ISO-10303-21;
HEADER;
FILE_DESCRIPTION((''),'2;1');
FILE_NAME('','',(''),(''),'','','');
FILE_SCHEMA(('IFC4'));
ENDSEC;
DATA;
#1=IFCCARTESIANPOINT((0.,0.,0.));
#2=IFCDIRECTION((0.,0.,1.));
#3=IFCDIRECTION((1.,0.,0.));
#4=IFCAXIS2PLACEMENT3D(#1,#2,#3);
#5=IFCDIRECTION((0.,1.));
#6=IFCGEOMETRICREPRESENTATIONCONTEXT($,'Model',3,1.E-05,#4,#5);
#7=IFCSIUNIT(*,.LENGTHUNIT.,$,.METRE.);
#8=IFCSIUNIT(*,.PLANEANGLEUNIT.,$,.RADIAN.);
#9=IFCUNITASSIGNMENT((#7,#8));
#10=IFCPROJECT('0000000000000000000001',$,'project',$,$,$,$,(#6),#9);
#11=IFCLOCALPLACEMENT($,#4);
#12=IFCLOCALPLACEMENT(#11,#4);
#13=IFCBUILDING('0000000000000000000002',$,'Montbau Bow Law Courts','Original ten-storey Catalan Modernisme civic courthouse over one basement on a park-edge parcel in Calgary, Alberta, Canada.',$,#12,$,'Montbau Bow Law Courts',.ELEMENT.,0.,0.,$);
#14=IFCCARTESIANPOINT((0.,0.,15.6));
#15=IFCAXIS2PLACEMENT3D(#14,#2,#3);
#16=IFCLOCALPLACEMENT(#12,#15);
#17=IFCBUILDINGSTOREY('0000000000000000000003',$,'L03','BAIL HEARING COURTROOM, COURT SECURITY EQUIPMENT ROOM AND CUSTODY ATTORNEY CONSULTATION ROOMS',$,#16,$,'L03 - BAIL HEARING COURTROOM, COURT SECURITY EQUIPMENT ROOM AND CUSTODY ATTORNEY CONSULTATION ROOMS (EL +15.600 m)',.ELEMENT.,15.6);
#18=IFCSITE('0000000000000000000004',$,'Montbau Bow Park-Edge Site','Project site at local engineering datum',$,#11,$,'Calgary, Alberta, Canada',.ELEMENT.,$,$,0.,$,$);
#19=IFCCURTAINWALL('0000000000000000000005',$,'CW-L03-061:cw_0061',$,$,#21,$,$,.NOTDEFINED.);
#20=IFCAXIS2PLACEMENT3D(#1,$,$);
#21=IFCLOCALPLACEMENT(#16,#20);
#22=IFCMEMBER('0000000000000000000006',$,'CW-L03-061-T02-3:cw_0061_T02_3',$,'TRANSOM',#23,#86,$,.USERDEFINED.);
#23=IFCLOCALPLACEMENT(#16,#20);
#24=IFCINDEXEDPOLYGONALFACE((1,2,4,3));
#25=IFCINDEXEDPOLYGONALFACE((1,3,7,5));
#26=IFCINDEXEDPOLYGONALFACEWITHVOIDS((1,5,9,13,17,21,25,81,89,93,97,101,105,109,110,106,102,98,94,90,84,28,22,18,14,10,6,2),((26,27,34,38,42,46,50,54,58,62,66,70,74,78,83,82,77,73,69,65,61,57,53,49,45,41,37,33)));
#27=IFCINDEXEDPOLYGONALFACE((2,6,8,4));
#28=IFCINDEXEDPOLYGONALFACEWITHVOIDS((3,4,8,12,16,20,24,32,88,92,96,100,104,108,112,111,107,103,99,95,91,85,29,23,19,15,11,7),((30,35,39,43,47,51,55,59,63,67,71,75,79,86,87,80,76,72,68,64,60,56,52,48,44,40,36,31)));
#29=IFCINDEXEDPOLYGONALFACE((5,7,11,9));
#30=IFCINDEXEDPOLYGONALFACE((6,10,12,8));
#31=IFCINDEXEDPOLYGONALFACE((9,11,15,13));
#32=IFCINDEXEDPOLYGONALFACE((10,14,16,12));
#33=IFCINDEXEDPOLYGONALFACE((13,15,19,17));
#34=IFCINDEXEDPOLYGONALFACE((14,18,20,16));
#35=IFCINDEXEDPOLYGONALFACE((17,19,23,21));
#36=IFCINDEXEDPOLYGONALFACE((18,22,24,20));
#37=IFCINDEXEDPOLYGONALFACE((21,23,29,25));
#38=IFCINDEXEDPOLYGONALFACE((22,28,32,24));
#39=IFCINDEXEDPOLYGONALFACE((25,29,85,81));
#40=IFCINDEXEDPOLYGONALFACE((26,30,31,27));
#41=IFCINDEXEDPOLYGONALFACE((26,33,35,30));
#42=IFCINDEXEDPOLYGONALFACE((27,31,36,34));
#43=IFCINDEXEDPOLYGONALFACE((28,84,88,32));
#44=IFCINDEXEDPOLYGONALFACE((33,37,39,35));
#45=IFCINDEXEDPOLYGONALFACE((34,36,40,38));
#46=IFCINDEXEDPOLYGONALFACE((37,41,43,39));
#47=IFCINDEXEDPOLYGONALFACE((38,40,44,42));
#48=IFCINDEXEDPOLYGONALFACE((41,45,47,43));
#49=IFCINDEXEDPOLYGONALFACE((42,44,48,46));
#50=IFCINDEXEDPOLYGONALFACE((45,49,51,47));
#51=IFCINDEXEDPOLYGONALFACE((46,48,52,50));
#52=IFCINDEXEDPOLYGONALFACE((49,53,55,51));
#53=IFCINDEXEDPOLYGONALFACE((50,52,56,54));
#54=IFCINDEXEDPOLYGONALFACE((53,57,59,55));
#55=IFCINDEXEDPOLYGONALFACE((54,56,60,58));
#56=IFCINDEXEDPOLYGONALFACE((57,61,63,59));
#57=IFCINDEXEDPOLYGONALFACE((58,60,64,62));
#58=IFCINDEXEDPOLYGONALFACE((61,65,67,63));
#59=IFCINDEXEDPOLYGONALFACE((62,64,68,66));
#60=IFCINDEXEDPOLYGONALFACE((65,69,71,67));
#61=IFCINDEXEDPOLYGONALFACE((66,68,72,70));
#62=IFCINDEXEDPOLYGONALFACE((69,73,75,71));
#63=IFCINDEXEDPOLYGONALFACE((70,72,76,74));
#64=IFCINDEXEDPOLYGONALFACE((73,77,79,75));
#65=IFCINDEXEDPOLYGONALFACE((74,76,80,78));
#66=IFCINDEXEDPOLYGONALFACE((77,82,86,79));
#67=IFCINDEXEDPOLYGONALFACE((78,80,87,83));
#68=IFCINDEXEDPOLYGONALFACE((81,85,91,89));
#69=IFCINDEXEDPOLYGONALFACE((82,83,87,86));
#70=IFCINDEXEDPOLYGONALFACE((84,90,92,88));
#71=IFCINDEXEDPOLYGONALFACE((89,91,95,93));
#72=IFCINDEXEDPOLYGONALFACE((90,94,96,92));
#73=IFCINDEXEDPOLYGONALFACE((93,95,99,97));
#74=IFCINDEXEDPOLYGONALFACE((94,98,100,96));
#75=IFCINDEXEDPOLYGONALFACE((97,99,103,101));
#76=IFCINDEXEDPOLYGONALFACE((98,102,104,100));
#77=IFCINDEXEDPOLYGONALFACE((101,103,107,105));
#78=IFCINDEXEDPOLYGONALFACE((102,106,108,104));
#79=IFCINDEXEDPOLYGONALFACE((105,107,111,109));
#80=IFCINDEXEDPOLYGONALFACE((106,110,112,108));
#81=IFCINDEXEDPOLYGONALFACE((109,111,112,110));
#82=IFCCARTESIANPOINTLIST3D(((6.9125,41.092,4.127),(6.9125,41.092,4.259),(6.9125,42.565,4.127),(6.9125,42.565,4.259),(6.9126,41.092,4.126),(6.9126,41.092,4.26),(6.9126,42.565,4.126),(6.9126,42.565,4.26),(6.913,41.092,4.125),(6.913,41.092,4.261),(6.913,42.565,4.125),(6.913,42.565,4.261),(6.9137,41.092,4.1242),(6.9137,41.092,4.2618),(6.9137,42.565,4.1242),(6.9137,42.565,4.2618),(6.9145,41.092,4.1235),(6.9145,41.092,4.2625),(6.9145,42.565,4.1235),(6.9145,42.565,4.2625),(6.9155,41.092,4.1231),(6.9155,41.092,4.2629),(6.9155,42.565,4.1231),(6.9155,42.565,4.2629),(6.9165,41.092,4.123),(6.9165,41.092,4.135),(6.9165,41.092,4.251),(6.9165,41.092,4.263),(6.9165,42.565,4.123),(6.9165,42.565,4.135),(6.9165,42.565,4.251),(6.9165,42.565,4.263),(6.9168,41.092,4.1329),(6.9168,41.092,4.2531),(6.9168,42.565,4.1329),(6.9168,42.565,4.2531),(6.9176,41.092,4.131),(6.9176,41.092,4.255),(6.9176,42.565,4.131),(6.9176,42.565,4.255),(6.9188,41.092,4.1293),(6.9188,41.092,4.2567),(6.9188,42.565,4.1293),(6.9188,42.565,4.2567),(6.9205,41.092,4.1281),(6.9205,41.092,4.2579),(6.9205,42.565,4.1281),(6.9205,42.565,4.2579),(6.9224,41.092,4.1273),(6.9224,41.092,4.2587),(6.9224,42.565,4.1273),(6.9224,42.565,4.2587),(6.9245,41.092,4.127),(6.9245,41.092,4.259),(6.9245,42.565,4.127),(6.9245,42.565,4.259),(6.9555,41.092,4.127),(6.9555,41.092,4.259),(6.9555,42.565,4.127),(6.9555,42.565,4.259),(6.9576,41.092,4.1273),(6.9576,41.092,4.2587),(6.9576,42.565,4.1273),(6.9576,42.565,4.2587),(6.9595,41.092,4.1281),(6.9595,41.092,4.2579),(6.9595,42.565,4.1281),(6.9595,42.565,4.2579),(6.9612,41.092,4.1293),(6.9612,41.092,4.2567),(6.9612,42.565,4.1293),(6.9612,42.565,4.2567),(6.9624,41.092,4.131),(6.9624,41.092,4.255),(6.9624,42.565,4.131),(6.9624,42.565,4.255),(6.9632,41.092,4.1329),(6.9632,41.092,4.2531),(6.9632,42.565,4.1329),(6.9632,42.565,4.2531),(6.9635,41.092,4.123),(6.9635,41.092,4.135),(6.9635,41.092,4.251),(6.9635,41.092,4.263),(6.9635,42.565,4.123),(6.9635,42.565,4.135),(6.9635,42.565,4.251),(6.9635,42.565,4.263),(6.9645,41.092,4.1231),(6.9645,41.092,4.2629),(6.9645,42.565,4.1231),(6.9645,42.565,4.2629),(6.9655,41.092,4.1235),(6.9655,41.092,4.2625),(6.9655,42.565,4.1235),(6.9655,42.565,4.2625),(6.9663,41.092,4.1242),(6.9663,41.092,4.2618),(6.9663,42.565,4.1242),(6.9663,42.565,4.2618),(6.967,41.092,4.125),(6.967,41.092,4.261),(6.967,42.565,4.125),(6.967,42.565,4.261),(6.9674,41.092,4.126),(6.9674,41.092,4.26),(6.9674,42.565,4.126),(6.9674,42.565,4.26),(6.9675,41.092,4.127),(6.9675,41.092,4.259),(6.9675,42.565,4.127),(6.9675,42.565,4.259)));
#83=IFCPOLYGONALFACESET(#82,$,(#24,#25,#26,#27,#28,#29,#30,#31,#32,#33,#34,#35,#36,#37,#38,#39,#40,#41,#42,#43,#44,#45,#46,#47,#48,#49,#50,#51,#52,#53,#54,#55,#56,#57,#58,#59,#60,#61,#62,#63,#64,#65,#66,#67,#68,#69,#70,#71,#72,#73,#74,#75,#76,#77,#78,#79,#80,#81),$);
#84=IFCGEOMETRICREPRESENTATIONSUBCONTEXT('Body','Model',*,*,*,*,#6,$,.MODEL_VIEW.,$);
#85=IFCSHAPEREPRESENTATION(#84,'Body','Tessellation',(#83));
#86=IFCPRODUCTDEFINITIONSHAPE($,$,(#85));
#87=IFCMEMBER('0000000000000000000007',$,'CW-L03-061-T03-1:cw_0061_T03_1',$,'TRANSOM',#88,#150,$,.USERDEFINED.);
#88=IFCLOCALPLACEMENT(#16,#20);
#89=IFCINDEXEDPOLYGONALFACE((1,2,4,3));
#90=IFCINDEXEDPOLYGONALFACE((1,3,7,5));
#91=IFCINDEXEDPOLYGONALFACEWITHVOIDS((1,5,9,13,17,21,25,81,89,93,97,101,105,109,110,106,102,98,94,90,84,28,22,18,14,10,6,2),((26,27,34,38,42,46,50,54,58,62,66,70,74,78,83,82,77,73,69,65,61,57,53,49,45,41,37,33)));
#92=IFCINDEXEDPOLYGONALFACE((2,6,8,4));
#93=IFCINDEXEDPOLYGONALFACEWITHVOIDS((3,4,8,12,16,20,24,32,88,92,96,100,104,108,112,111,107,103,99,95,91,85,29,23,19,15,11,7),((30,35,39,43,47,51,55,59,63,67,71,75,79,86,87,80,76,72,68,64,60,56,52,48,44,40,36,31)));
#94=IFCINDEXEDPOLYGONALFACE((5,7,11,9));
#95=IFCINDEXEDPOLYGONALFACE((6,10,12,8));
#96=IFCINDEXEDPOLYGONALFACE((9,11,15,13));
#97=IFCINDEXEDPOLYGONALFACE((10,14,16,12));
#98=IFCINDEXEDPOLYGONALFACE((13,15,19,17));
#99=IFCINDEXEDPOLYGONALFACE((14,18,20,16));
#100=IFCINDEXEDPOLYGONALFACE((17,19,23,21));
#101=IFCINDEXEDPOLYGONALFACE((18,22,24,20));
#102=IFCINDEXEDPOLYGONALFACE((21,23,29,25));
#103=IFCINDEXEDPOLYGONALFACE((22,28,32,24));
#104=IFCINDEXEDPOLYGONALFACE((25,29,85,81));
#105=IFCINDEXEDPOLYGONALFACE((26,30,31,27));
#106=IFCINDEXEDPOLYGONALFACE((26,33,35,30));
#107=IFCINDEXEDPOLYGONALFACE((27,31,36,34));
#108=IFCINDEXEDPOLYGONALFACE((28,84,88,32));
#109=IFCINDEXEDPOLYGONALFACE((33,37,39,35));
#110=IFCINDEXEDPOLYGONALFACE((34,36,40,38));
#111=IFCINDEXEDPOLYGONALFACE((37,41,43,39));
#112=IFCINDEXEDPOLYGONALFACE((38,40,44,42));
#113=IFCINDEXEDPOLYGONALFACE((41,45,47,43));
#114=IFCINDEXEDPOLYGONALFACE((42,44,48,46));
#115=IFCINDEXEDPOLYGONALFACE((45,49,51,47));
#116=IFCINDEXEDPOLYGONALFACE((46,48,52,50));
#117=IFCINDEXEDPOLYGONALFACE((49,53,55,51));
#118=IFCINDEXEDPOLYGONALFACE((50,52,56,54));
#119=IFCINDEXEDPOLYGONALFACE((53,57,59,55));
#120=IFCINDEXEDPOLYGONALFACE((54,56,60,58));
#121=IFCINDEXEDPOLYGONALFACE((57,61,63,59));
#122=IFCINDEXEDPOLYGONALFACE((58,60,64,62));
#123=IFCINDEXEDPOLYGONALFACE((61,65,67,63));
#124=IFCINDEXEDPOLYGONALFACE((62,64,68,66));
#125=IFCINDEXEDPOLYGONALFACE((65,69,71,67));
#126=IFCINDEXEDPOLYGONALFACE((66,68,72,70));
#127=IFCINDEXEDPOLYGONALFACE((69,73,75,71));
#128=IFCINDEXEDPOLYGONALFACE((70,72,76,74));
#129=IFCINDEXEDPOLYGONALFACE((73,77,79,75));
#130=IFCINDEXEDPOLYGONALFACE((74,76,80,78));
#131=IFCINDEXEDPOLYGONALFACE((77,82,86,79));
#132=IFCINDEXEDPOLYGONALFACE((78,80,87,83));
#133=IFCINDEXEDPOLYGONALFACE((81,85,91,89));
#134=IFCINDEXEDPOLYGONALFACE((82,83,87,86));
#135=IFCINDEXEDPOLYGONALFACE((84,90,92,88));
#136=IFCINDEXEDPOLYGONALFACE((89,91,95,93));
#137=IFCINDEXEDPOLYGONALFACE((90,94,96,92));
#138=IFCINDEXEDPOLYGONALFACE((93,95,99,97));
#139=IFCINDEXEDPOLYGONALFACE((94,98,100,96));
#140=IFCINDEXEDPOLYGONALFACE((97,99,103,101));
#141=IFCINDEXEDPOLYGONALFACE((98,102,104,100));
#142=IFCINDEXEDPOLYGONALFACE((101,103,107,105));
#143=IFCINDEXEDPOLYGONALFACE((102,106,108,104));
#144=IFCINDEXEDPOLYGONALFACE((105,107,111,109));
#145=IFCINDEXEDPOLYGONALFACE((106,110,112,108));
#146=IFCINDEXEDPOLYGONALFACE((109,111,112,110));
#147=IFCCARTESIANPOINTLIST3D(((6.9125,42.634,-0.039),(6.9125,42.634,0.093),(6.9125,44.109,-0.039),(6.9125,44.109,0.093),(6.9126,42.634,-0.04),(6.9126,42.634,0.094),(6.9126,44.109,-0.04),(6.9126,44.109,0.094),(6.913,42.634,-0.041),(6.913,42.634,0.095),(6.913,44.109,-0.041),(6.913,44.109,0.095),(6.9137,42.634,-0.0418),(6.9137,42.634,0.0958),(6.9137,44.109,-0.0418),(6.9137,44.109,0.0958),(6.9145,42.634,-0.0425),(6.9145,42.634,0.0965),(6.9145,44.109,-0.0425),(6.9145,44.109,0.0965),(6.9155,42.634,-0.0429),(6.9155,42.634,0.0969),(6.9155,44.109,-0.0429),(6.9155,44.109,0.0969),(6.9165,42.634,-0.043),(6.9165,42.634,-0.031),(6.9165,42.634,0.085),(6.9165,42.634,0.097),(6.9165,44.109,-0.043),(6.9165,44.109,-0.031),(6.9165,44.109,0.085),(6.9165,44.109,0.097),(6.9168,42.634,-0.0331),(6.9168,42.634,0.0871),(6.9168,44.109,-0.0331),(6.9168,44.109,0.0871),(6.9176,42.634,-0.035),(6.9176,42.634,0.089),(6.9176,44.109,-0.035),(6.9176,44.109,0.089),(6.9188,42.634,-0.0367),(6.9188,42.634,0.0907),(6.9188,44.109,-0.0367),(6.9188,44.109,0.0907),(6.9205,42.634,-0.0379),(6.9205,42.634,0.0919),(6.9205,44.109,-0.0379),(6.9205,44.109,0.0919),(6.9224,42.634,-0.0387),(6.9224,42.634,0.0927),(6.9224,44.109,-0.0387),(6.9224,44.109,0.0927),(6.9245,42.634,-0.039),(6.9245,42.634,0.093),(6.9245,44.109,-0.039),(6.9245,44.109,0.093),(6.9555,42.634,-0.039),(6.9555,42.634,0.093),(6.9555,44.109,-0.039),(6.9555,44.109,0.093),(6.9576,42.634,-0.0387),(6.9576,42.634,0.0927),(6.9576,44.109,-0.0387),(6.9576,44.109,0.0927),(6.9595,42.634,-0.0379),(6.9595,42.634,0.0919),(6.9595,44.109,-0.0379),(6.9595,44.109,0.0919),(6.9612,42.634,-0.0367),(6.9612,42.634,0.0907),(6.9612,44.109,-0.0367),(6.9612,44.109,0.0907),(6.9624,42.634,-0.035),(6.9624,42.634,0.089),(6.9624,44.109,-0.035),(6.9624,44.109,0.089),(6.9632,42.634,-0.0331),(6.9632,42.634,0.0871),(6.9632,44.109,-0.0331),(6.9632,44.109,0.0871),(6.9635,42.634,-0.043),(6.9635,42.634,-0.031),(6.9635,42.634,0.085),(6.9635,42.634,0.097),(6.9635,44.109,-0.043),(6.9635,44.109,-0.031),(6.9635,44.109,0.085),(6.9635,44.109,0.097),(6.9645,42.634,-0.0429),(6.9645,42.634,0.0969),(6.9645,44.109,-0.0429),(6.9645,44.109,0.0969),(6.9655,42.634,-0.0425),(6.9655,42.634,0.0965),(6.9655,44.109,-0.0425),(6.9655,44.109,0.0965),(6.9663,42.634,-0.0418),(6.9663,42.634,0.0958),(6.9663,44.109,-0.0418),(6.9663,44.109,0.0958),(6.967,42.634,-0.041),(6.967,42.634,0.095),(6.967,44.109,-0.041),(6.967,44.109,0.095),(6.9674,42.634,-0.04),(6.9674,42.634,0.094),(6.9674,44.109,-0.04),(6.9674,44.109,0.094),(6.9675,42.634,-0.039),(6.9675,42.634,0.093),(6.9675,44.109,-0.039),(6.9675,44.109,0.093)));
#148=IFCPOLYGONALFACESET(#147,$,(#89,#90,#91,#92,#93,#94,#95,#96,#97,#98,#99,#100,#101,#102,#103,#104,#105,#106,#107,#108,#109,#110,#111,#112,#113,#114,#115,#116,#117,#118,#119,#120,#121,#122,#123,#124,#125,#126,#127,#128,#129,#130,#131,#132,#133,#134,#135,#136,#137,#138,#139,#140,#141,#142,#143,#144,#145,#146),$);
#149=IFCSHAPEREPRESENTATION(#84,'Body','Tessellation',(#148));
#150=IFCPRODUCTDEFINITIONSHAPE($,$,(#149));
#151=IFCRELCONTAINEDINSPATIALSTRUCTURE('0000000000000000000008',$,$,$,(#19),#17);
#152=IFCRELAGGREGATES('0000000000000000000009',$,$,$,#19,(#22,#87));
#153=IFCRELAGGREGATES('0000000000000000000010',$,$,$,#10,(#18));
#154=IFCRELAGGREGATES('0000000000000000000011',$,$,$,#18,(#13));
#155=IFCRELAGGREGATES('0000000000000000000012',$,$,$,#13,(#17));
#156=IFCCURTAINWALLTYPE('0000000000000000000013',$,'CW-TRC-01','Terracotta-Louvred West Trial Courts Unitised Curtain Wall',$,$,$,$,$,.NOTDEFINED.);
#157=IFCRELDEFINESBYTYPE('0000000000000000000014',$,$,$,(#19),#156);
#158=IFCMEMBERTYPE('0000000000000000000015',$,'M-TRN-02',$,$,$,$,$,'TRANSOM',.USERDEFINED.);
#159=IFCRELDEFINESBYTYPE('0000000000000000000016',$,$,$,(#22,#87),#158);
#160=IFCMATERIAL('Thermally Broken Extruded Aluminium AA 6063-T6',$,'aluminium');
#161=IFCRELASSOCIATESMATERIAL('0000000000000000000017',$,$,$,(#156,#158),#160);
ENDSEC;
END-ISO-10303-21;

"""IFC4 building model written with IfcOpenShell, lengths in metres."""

from ifc_helpers import new_model, si_unit, direction, frame, origin_with_axes, origin_2d_with_axis, place, context, subcontext, project, spatial, hollow_rectangle, extrude, material, material_profile, profile_set, type_object, element, aggregate, save


model = new_model("IFC4")

# Units and contexts
model_context = context("Model", 3, precision=1e-05, world=origin_with_axes(), true_north=direction((0.0, 1.0)))
body_context = subcontext(model_context, "Body", "Model", "MODEL_VIEW")
ifc_project = project(units=[si_unit("LENGTHUNIT", "METRE"), si_unit("PLANEANGLEUNIT", "RADIAN")], contexts=[model_context])

# Site, building, storey
site_placement = place(None, origin_with_axes())
site = spatial("IfcSite", under=ifc_project, at=site_placement, Name="Montbau Bow Park-Edge Site", Description="Project site at local engineering datum", LongName="Calgary, Alberta, Canada", CompositionType="ELEMENT", RefElevation=0.0)
building_placement = place(site_placement, origin_with_axes())
building = spatial("IfcBuilding", under=site, at=building_placement, Name="Montbau Bow Law Courts", Description="Original ten-storey Catalan Modernisme civic courthouse over one basement on a park-edge parcel in Calgary, Alberta, Canada.", LongName="Montbau Bow Law Courts", CompositionType="ELEMENT", ElevationOfRefHeight=0.0, ElevationOfTerrain=0.0)
storey_placement = place(building_placement, frame((0.0, 0.0, 15.6), z_axis=(0.0, 0.0, 1.0), x_axis=(1.0, 0.0, 0.0)))
storey = spatial("IfcBuildingStorey", under=building, at=storey_placement, Name="L03", Description="BAIL HEARING COURTROOM, COURT SECURITY EQUIPMENT ROOM AND CUSTODY ATTORNEY CONSULTATION ROOMS", LongName="L03 - BAIL HEARING COURTROOM, COURT SECURITY EQUIPMENT ROOM AND CUSTODY ATTORNEY CONSULTATION ROOMS (EL +15.600 m)", CompositionType="ELEMENT", Elevation=15.6)

# Curtain wall, members
ifc_material_1 = material(Name="Thermally Broken Extruded Aluminium AA 6063-T6", Category="aluminium")
curtain_wall_type = type_object("IfcCurtainWallType", Name="CW-TRC-01", Description="Terracotta-Louvred West Trial Courts Unitised Curtain Wall", PredefinedType="NOTDEFINED", material=ifc_material_1)
curtain_wall_placement = place(None, frame((6.94, 39.515, 15.6), z_axis=(0.0, 0.0, 1.0), x_axis=(1.0, 0.0, 0.0)))
curtain_wall = element("IfcCurtainWall", 1, at=curtain_wall_placement, inside=storey, type_object=curtain_wall_type, Name="CW-L03-061:cw_0061", PredefinedType="NOTDEFINED")
ifc_material_profile_1 = material_profile(ifc_material_1, hollow_rectangle(XDim=0.055, YDim=0.14, WallThickness=0.004, InnerFilletRadius=0.008, OuterFilletRadius=0.004, at=origin_2d_with_axis()), Name="CWT-140X55", Category="Main", Priority=0)
ifc_profile_set_1 = profile_set([ifc_material_profile_1], Name="Thermally Broken Extruded Aluminium AA 6063-T6")
member_type_1 = type_object("IfcMemberType", Name="M-TRN-02", ElementType="TRANSOM", PredefinedType="USERDEFINED", material=ifc_profile_set_1)
member_1_placement = place(None, frame((6.94, 41.092, 19.793), z_axis=(0.0, 1.0, 0.0), x_axis=(-1.0, 0.0, 0.0)))
member_1 = element("IfcMember", 2, at=member_1_placement, type_object=member_type_1, Name="CW-L03-061-T02-3:cw_0061_T02_3", ObjectType="TRANSOM", PredefinedType="USERDEFINED", context=body_context, shape_type="SweptSolid", body=[
    extrude(hollow_rectangle(XDim=0.055, YDim=0.14, WallThickness=0.004, InnerFilletRadius=0.008, OuterFilletRadius=0.004, at=origin_2d_with_axis()), origin_with_axes(), (0.0, 0.0, 1.0), 1.473),
])
member_2_placement = place(None, frame((6.94, 42.634, 15.627), z_axis=(0.0, 1.0, 0.0), x_axis=(-1.0, 0.0, 0.0)))
member_2 = element("IfcMember", 3, at=member_2_placement, type_object=member_type_1, Name="CW-L03-061-T03-1:cw_0061_T03_1", ObjectType="TRANSOM", PredefinedType="USERDEFINED", context=body_context, shape_type="SweptSolid", body=[
    extrude(hollow_rectangle(XDim=0.055, YDim=0.14, WallThickness=0.004, InnerFilletRadius=0.008, OuterFilletRadius=0.004, at=origin_2d_with_axis()), origin_with_axes(), (0.0, 0.0, 1.0), 1.475),
])
aggregate(curtain_wall, [member_1, member_2])

save(model, "model.ifc")
